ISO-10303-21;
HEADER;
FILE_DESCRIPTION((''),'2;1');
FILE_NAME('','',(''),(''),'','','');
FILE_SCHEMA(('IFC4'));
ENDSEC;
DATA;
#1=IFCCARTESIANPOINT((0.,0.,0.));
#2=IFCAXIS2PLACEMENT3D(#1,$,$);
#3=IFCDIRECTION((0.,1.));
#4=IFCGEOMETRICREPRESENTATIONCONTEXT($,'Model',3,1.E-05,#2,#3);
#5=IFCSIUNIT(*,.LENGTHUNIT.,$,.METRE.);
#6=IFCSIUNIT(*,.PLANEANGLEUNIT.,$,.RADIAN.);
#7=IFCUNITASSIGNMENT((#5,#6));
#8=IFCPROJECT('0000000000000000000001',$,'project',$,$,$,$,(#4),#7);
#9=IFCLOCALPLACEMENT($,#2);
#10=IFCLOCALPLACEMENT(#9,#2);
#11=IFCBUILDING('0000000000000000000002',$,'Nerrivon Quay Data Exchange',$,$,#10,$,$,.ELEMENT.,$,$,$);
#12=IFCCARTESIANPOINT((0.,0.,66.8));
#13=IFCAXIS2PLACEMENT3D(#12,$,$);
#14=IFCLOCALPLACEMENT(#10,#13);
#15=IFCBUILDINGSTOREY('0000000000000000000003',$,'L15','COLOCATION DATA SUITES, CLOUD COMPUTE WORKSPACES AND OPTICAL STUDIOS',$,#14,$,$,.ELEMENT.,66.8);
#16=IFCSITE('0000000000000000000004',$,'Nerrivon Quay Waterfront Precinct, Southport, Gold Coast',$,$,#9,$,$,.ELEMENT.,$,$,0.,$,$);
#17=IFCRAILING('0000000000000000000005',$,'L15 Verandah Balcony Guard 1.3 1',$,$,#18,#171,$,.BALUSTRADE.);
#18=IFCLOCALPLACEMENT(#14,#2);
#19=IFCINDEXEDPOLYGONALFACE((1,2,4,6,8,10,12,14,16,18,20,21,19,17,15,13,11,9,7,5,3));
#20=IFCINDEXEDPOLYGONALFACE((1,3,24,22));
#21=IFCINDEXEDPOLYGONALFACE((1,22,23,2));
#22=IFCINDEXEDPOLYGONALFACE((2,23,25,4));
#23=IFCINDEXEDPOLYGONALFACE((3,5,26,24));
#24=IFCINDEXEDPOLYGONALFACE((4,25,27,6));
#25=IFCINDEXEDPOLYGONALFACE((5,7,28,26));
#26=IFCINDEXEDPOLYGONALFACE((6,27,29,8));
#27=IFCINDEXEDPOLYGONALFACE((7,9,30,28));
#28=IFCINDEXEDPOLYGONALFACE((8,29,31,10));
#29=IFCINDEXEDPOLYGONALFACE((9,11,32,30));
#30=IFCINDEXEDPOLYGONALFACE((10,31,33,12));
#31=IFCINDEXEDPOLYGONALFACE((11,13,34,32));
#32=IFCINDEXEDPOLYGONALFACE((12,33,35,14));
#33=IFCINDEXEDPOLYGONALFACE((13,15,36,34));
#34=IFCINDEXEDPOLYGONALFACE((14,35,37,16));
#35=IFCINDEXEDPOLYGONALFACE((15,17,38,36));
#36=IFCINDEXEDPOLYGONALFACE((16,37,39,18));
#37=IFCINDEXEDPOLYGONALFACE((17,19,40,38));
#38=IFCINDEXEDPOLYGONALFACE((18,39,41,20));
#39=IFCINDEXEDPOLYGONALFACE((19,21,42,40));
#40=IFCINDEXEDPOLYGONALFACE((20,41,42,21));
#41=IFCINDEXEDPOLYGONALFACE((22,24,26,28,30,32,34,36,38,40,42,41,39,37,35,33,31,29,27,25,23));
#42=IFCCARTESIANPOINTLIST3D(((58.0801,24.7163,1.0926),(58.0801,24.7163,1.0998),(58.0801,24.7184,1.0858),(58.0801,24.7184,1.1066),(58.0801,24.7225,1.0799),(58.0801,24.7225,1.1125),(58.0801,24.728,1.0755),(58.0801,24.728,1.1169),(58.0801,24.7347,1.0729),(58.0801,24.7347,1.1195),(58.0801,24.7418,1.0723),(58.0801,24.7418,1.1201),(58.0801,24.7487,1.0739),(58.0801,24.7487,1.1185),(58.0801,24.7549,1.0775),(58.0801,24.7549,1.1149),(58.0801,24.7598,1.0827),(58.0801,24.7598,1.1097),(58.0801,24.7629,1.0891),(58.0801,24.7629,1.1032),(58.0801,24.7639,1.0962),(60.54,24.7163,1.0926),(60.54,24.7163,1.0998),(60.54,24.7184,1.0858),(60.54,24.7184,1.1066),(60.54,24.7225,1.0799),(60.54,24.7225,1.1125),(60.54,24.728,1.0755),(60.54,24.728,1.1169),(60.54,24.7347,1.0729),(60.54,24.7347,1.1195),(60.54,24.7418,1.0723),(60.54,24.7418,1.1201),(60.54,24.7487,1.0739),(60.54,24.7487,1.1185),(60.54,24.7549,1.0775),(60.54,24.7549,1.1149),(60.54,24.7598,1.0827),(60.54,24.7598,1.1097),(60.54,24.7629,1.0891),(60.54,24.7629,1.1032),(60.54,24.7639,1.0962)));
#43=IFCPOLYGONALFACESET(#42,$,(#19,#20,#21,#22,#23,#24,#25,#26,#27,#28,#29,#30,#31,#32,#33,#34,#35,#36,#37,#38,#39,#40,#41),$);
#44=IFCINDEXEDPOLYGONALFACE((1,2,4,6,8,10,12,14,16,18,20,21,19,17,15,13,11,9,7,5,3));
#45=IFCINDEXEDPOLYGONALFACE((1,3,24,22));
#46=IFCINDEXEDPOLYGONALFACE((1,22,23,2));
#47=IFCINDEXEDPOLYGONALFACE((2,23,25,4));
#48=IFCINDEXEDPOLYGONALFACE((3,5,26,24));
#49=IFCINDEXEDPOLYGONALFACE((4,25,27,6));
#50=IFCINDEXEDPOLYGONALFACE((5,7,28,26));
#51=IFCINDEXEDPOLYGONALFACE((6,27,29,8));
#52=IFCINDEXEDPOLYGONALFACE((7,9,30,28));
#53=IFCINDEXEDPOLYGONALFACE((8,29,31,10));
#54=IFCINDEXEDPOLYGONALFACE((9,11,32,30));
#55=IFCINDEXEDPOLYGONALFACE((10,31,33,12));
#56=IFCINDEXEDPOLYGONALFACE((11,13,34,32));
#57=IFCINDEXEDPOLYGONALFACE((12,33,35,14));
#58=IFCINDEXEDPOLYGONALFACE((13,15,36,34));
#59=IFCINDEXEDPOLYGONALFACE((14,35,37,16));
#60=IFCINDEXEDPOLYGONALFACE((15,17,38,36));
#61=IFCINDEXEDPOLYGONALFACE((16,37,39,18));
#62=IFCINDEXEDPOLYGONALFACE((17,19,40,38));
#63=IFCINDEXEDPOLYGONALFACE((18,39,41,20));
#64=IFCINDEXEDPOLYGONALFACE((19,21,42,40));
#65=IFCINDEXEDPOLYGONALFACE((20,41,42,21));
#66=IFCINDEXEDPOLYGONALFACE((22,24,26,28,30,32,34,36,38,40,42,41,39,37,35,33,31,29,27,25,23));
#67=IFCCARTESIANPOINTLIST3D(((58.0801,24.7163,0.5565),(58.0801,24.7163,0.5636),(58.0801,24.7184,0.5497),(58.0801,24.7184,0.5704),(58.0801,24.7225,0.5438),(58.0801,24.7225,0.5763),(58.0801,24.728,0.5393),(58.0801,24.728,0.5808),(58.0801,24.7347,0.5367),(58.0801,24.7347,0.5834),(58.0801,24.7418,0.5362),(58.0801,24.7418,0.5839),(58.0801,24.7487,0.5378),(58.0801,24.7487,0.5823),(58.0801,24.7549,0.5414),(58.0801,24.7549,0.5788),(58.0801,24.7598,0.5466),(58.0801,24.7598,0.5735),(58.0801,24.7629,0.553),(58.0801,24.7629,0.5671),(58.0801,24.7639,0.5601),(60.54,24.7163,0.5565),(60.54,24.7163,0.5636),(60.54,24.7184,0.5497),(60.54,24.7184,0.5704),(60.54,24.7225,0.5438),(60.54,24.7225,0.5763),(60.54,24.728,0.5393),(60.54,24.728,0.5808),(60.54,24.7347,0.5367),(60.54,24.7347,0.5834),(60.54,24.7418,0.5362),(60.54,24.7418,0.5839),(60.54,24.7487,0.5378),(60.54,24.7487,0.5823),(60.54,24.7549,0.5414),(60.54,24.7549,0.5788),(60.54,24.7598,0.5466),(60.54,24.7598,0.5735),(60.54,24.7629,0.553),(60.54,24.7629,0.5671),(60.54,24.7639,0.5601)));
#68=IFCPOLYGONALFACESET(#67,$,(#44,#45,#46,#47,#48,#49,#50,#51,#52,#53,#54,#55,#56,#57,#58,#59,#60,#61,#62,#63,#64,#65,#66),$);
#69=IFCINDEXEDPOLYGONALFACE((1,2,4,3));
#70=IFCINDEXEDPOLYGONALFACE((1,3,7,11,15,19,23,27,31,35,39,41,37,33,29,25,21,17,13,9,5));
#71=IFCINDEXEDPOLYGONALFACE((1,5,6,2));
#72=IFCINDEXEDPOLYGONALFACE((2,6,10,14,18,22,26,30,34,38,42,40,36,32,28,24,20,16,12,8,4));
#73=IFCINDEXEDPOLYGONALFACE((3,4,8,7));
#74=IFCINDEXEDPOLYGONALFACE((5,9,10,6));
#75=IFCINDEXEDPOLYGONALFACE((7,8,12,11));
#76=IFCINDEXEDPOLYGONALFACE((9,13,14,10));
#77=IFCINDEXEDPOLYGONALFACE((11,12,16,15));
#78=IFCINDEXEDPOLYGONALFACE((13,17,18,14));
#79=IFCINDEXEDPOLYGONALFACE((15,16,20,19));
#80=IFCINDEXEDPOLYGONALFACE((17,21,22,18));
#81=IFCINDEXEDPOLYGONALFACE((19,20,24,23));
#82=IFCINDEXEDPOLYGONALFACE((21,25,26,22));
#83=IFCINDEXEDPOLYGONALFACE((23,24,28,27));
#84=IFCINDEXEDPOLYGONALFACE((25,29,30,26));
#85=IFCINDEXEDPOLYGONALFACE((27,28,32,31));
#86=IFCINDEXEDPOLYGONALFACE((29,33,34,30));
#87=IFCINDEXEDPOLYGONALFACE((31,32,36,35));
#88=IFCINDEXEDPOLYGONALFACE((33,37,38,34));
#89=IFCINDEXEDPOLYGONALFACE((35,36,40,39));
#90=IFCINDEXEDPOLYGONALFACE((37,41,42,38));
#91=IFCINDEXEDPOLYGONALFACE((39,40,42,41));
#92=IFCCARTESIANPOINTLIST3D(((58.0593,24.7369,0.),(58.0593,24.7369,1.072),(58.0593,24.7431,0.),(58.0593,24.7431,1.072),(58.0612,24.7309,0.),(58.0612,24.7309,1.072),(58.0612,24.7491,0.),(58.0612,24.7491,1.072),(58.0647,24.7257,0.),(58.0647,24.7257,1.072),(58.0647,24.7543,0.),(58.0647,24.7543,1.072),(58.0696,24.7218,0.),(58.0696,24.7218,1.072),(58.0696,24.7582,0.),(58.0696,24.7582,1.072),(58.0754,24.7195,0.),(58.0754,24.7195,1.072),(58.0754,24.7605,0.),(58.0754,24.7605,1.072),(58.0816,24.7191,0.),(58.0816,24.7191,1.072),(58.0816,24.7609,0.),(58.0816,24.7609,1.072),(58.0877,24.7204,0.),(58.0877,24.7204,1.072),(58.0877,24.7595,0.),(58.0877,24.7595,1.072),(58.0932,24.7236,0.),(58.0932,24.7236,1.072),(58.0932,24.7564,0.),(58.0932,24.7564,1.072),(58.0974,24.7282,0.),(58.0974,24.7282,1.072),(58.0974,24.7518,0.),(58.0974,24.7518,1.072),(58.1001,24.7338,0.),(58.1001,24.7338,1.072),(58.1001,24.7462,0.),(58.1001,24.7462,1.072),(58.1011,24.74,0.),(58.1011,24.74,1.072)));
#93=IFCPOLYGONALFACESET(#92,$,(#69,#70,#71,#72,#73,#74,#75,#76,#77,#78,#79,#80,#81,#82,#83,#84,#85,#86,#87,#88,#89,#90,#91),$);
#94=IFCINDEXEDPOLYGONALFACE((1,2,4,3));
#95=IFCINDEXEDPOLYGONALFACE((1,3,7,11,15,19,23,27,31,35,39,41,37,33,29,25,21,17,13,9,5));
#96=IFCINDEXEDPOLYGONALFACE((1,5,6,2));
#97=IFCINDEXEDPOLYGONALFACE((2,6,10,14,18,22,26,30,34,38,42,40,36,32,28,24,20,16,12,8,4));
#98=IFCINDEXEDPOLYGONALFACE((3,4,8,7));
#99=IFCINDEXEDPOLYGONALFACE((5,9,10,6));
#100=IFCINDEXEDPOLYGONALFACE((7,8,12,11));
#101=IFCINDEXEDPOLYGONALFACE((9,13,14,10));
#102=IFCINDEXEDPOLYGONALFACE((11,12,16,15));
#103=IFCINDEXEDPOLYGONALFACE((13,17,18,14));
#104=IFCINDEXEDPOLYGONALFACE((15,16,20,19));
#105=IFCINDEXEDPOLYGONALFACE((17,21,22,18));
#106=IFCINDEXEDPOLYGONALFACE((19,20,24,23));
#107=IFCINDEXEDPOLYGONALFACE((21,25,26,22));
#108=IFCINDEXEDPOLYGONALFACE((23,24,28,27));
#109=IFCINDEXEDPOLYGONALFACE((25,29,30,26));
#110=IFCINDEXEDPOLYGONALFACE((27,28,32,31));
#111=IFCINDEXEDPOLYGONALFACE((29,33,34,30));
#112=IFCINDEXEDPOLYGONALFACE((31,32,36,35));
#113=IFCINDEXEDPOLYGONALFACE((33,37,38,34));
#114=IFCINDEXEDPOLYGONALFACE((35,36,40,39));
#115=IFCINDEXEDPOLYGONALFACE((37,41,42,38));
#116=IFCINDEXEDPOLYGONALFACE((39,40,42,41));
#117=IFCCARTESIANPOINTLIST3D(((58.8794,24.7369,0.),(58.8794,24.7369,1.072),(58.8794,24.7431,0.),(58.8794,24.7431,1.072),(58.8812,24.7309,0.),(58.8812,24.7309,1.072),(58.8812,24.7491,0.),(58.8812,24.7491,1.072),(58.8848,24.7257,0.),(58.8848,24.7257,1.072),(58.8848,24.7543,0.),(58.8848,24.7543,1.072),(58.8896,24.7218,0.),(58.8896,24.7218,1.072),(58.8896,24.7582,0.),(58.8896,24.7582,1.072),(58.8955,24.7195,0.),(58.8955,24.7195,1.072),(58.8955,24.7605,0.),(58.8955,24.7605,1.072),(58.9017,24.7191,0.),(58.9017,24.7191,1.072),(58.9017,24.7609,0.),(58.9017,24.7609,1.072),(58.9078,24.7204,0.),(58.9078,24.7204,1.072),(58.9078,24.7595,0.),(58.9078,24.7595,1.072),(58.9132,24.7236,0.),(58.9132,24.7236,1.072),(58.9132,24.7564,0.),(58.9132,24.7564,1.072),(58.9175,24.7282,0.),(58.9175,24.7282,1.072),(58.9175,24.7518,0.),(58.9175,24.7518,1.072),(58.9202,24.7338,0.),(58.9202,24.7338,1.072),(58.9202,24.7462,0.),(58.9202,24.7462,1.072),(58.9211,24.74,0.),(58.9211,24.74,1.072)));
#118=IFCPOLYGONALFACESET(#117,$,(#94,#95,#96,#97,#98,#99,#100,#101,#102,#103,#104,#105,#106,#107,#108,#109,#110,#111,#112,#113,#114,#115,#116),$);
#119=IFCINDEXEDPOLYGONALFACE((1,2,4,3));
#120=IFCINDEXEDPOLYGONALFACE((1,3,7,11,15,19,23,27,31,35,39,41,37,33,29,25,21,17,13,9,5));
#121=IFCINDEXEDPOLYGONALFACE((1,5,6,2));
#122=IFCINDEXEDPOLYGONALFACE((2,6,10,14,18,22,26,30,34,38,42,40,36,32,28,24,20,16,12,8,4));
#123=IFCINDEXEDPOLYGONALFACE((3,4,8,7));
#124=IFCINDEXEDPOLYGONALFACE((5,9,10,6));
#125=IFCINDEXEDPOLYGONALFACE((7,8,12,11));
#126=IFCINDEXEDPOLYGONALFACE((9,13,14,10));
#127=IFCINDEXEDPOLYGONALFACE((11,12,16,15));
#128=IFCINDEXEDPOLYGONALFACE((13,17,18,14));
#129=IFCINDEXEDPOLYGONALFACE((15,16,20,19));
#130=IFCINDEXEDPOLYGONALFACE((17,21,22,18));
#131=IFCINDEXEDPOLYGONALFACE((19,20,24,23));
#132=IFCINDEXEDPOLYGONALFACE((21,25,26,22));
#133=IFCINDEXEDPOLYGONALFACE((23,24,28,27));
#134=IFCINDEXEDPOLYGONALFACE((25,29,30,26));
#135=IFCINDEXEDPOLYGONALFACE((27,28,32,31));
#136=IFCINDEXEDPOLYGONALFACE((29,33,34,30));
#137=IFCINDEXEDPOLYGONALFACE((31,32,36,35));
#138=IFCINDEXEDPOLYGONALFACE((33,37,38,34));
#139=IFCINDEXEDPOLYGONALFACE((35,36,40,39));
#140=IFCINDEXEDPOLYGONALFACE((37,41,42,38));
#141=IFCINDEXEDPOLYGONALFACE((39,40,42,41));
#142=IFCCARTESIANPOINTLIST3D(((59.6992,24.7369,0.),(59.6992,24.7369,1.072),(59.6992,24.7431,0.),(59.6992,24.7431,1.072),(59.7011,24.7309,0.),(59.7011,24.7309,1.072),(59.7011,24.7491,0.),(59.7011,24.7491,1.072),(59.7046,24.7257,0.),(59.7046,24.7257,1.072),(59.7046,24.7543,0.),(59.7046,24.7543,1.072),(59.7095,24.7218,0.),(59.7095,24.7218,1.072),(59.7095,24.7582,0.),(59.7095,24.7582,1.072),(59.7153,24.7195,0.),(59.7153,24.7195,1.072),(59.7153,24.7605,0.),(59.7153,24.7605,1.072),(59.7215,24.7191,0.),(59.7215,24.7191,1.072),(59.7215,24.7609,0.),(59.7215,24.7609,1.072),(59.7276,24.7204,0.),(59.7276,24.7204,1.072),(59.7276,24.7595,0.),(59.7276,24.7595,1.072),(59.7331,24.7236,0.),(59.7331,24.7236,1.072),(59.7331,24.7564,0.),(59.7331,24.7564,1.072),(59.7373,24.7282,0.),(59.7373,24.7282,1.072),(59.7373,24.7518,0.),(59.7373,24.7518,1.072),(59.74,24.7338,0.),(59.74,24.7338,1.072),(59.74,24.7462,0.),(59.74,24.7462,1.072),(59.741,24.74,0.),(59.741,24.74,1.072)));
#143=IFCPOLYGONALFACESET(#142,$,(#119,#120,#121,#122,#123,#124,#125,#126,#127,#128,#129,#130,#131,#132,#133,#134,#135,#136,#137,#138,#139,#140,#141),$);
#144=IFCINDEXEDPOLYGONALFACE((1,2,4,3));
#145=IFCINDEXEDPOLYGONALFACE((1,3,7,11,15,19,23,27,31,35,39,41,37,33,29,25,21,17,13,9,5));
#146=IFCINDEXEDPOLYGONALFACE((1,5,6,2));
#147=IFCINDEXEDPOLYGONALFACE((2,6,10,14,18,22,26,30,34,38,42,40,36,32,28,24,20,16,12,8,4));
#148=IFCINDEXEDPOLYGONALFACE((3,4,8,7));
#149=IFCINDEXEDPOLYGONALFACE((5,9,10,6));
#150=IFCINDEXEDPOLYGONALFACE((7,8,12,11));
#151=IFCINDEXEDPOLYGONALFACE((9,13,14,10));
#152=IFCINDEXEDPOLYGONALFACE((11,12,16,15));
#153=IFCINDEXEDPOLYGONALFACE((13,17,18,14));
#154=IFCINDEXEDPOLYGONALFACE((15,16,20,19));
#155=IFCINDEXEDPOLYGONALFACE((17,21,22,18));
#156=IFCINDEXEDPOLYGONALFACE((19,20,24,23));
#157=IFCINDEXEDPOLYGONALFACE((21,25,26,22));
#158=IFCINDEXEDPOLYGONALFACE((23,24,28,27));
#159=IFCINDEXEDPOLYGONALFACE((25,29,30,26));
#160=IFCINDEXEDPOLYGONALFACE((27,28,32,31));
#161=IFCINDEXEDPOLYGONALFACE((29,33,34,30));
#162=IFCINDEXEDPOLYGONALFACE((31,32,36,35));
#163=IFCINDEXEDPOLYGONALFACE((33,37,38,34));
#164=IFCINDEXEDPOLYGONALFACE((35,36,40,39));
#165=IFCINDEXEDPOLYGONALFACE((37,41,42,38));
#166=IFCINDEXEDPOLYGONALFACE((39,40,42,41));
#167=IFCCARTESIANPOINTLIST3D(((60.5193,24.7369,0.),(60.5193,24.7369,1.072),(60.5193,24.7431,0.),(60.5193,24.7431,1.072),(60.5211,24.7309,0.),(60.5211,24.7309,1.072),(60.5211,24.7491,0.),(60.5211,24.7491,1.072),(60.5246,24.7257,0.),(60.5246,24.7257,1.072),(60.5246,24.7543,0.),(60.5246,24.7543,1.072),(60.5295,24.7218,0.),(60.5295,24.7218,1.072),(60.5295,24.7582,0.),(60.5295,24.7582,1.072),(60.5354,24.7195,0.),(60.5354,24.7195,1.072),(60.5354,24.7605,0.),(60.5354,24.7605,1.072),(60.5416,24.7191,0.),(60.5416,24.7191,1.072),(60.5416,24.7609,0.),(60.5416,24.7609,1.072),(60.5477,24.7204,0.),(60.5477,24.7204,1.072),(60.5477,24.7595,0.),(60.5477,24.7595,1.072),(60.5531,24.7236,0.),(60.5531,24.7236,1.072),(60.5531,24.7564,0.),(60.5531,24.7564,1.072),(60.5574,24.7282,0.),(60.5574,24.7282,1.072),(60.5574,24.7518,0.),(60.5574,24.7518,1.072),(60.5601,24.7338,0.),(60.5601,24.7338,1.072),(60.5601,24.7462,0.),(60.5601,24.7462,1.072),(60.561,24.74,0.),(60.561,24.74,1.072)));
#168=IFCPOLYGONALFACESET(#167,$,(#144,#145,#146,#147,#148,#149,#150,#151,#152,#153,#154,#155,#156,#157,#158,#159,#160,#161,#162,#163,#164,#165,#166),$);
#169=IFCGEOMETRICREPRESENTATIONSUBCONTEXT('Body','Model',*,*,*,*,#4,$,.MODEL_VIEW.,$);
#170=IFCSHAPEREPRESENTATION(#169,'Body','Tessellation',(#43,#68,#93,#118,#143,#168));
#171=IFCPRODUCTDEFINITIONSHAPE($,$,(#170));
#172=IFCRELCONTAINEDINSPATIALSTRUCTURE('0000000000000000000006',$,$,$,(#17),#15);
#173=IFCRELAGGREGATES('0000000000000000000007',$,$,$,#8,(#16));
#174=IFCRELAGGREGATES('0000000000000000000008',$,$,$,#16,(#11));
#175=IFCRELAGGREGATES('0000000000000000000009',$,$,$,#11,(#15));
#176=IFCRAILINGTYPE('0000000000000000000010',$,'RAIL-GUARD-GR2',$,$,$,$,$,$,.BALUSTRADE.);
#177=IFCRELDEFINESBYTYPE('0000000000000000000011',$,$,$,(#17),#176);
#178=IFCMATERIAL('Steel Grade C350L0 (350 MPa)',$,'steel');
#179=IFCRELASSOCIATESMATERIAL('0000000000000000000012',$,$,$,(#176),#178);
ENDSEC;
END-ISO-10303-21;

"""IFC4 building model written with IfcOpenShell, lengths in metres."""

from ifc_helpers import new_model, si_unit, direction, frame, origin, origin_2d, place, context, subcontext, project, spatial, circle, extrude, material, type_object, element, save


model = new_model("IFC4")

# Units and contexts
model_context = context("Model", 3, precision=1e-05, world=origin(), true_north=direction((0.0, 1.0)))
body_context = subcontext(model_context, "Body", "Model", "MODEL_VIEW")
ifc_project = project(units=[si_unit("LENGTHUNIT", "METRE"), si_unit("PLANEANGLEUNIT", "RADIAN")], contexts=[model_context])

# Site, building, storey
site_placement = place(None, origin())
site = spatial("IfcSite", under=ifc_project, at=site_placement, Name="Nerrivon Quay Waterfront Precinct, Southport, Gold Coast", CompositionType="ELEMENT", RefElevation=0.0)
building_placement = place(site_placement, origin())
building = spatial("IfcBuilding", under=site, at=building_placement, Name="Nerrivon Quay Data Exchange", CompositionType="ELEMENT")
storey_placement = place(building_placement, frame((0.0, 0.0, 66.8)))
storey = spatial("IfcBuildingStorey", under=building, at=storey_placement, Name="L15", Description="COLOCATION DATA SUITES, CLOUD COMPUTE WORKSPACES AND OPTICAL STUDIOS", CompositionType="ELEMENT", Elevation=66.8)

# Railing
ifc_material_1 = material(Name="Steel Grade C350L0 (350 MPa)", Category="steel")
railing_type = type_object("IfcRailingType", Name="RAIL-GUARD-GR2", PredefinedType="BALUSTRADE", material=ifc_material_1)
railing_1_placement = place(storey_placement, frame((58.0801, 24.74, 0.0)))
element("IfcRailing", 1, at=railing_1_placement, inside=storey, type_object=railing_type, Name="L15 Verandah Balcony Guard 1.3 1", PredefinedType="BALUSTRADE", context=body_context, shape_type="SweptSolid", body=[
    extrude(circle(Radius=0.0239, at=origin_2d()), frame((0.0, 0.0, 1.0962), z_axis=(1.0, 0.0, 0.0), x_axis=(0.0, 1.0, 0.0)), (0.0, 0.0, 1.0), 2.46),
    extrude(circle(Radius=0.0239, at=origin_2d()), frame((0.0, 0.0, 0.5601), z_axis=(1.0, 0.0, 0.0), x_axis=(0.0, 1.0, 0.0)), (0.0, 0.0, 1.0), 2.46),
    extrude(circle(Radius=0.021, at=origin_2d()), origin(), (0.0, 0.0, 1.0), 1.072),
    extrude(circle(Radius=0.021, at=origin_2d()), frame((0.8201, 0.0, 0.0)), (0.0, 0.0, 1.0), 1.072),
    extrude(circle(Radius=0.021, at=origin_2d()), frame((1.6399, 0.0, 0.0)), (0.0, 0.0, 1.0), 1.072),
    extrude(circle(Radius=0.021, at=origin_2d()), frame((2.46, 0.0, 0.0)), (0.0, 0.0, 1.0), 1.072),
])

save(model, "model.ifc")
